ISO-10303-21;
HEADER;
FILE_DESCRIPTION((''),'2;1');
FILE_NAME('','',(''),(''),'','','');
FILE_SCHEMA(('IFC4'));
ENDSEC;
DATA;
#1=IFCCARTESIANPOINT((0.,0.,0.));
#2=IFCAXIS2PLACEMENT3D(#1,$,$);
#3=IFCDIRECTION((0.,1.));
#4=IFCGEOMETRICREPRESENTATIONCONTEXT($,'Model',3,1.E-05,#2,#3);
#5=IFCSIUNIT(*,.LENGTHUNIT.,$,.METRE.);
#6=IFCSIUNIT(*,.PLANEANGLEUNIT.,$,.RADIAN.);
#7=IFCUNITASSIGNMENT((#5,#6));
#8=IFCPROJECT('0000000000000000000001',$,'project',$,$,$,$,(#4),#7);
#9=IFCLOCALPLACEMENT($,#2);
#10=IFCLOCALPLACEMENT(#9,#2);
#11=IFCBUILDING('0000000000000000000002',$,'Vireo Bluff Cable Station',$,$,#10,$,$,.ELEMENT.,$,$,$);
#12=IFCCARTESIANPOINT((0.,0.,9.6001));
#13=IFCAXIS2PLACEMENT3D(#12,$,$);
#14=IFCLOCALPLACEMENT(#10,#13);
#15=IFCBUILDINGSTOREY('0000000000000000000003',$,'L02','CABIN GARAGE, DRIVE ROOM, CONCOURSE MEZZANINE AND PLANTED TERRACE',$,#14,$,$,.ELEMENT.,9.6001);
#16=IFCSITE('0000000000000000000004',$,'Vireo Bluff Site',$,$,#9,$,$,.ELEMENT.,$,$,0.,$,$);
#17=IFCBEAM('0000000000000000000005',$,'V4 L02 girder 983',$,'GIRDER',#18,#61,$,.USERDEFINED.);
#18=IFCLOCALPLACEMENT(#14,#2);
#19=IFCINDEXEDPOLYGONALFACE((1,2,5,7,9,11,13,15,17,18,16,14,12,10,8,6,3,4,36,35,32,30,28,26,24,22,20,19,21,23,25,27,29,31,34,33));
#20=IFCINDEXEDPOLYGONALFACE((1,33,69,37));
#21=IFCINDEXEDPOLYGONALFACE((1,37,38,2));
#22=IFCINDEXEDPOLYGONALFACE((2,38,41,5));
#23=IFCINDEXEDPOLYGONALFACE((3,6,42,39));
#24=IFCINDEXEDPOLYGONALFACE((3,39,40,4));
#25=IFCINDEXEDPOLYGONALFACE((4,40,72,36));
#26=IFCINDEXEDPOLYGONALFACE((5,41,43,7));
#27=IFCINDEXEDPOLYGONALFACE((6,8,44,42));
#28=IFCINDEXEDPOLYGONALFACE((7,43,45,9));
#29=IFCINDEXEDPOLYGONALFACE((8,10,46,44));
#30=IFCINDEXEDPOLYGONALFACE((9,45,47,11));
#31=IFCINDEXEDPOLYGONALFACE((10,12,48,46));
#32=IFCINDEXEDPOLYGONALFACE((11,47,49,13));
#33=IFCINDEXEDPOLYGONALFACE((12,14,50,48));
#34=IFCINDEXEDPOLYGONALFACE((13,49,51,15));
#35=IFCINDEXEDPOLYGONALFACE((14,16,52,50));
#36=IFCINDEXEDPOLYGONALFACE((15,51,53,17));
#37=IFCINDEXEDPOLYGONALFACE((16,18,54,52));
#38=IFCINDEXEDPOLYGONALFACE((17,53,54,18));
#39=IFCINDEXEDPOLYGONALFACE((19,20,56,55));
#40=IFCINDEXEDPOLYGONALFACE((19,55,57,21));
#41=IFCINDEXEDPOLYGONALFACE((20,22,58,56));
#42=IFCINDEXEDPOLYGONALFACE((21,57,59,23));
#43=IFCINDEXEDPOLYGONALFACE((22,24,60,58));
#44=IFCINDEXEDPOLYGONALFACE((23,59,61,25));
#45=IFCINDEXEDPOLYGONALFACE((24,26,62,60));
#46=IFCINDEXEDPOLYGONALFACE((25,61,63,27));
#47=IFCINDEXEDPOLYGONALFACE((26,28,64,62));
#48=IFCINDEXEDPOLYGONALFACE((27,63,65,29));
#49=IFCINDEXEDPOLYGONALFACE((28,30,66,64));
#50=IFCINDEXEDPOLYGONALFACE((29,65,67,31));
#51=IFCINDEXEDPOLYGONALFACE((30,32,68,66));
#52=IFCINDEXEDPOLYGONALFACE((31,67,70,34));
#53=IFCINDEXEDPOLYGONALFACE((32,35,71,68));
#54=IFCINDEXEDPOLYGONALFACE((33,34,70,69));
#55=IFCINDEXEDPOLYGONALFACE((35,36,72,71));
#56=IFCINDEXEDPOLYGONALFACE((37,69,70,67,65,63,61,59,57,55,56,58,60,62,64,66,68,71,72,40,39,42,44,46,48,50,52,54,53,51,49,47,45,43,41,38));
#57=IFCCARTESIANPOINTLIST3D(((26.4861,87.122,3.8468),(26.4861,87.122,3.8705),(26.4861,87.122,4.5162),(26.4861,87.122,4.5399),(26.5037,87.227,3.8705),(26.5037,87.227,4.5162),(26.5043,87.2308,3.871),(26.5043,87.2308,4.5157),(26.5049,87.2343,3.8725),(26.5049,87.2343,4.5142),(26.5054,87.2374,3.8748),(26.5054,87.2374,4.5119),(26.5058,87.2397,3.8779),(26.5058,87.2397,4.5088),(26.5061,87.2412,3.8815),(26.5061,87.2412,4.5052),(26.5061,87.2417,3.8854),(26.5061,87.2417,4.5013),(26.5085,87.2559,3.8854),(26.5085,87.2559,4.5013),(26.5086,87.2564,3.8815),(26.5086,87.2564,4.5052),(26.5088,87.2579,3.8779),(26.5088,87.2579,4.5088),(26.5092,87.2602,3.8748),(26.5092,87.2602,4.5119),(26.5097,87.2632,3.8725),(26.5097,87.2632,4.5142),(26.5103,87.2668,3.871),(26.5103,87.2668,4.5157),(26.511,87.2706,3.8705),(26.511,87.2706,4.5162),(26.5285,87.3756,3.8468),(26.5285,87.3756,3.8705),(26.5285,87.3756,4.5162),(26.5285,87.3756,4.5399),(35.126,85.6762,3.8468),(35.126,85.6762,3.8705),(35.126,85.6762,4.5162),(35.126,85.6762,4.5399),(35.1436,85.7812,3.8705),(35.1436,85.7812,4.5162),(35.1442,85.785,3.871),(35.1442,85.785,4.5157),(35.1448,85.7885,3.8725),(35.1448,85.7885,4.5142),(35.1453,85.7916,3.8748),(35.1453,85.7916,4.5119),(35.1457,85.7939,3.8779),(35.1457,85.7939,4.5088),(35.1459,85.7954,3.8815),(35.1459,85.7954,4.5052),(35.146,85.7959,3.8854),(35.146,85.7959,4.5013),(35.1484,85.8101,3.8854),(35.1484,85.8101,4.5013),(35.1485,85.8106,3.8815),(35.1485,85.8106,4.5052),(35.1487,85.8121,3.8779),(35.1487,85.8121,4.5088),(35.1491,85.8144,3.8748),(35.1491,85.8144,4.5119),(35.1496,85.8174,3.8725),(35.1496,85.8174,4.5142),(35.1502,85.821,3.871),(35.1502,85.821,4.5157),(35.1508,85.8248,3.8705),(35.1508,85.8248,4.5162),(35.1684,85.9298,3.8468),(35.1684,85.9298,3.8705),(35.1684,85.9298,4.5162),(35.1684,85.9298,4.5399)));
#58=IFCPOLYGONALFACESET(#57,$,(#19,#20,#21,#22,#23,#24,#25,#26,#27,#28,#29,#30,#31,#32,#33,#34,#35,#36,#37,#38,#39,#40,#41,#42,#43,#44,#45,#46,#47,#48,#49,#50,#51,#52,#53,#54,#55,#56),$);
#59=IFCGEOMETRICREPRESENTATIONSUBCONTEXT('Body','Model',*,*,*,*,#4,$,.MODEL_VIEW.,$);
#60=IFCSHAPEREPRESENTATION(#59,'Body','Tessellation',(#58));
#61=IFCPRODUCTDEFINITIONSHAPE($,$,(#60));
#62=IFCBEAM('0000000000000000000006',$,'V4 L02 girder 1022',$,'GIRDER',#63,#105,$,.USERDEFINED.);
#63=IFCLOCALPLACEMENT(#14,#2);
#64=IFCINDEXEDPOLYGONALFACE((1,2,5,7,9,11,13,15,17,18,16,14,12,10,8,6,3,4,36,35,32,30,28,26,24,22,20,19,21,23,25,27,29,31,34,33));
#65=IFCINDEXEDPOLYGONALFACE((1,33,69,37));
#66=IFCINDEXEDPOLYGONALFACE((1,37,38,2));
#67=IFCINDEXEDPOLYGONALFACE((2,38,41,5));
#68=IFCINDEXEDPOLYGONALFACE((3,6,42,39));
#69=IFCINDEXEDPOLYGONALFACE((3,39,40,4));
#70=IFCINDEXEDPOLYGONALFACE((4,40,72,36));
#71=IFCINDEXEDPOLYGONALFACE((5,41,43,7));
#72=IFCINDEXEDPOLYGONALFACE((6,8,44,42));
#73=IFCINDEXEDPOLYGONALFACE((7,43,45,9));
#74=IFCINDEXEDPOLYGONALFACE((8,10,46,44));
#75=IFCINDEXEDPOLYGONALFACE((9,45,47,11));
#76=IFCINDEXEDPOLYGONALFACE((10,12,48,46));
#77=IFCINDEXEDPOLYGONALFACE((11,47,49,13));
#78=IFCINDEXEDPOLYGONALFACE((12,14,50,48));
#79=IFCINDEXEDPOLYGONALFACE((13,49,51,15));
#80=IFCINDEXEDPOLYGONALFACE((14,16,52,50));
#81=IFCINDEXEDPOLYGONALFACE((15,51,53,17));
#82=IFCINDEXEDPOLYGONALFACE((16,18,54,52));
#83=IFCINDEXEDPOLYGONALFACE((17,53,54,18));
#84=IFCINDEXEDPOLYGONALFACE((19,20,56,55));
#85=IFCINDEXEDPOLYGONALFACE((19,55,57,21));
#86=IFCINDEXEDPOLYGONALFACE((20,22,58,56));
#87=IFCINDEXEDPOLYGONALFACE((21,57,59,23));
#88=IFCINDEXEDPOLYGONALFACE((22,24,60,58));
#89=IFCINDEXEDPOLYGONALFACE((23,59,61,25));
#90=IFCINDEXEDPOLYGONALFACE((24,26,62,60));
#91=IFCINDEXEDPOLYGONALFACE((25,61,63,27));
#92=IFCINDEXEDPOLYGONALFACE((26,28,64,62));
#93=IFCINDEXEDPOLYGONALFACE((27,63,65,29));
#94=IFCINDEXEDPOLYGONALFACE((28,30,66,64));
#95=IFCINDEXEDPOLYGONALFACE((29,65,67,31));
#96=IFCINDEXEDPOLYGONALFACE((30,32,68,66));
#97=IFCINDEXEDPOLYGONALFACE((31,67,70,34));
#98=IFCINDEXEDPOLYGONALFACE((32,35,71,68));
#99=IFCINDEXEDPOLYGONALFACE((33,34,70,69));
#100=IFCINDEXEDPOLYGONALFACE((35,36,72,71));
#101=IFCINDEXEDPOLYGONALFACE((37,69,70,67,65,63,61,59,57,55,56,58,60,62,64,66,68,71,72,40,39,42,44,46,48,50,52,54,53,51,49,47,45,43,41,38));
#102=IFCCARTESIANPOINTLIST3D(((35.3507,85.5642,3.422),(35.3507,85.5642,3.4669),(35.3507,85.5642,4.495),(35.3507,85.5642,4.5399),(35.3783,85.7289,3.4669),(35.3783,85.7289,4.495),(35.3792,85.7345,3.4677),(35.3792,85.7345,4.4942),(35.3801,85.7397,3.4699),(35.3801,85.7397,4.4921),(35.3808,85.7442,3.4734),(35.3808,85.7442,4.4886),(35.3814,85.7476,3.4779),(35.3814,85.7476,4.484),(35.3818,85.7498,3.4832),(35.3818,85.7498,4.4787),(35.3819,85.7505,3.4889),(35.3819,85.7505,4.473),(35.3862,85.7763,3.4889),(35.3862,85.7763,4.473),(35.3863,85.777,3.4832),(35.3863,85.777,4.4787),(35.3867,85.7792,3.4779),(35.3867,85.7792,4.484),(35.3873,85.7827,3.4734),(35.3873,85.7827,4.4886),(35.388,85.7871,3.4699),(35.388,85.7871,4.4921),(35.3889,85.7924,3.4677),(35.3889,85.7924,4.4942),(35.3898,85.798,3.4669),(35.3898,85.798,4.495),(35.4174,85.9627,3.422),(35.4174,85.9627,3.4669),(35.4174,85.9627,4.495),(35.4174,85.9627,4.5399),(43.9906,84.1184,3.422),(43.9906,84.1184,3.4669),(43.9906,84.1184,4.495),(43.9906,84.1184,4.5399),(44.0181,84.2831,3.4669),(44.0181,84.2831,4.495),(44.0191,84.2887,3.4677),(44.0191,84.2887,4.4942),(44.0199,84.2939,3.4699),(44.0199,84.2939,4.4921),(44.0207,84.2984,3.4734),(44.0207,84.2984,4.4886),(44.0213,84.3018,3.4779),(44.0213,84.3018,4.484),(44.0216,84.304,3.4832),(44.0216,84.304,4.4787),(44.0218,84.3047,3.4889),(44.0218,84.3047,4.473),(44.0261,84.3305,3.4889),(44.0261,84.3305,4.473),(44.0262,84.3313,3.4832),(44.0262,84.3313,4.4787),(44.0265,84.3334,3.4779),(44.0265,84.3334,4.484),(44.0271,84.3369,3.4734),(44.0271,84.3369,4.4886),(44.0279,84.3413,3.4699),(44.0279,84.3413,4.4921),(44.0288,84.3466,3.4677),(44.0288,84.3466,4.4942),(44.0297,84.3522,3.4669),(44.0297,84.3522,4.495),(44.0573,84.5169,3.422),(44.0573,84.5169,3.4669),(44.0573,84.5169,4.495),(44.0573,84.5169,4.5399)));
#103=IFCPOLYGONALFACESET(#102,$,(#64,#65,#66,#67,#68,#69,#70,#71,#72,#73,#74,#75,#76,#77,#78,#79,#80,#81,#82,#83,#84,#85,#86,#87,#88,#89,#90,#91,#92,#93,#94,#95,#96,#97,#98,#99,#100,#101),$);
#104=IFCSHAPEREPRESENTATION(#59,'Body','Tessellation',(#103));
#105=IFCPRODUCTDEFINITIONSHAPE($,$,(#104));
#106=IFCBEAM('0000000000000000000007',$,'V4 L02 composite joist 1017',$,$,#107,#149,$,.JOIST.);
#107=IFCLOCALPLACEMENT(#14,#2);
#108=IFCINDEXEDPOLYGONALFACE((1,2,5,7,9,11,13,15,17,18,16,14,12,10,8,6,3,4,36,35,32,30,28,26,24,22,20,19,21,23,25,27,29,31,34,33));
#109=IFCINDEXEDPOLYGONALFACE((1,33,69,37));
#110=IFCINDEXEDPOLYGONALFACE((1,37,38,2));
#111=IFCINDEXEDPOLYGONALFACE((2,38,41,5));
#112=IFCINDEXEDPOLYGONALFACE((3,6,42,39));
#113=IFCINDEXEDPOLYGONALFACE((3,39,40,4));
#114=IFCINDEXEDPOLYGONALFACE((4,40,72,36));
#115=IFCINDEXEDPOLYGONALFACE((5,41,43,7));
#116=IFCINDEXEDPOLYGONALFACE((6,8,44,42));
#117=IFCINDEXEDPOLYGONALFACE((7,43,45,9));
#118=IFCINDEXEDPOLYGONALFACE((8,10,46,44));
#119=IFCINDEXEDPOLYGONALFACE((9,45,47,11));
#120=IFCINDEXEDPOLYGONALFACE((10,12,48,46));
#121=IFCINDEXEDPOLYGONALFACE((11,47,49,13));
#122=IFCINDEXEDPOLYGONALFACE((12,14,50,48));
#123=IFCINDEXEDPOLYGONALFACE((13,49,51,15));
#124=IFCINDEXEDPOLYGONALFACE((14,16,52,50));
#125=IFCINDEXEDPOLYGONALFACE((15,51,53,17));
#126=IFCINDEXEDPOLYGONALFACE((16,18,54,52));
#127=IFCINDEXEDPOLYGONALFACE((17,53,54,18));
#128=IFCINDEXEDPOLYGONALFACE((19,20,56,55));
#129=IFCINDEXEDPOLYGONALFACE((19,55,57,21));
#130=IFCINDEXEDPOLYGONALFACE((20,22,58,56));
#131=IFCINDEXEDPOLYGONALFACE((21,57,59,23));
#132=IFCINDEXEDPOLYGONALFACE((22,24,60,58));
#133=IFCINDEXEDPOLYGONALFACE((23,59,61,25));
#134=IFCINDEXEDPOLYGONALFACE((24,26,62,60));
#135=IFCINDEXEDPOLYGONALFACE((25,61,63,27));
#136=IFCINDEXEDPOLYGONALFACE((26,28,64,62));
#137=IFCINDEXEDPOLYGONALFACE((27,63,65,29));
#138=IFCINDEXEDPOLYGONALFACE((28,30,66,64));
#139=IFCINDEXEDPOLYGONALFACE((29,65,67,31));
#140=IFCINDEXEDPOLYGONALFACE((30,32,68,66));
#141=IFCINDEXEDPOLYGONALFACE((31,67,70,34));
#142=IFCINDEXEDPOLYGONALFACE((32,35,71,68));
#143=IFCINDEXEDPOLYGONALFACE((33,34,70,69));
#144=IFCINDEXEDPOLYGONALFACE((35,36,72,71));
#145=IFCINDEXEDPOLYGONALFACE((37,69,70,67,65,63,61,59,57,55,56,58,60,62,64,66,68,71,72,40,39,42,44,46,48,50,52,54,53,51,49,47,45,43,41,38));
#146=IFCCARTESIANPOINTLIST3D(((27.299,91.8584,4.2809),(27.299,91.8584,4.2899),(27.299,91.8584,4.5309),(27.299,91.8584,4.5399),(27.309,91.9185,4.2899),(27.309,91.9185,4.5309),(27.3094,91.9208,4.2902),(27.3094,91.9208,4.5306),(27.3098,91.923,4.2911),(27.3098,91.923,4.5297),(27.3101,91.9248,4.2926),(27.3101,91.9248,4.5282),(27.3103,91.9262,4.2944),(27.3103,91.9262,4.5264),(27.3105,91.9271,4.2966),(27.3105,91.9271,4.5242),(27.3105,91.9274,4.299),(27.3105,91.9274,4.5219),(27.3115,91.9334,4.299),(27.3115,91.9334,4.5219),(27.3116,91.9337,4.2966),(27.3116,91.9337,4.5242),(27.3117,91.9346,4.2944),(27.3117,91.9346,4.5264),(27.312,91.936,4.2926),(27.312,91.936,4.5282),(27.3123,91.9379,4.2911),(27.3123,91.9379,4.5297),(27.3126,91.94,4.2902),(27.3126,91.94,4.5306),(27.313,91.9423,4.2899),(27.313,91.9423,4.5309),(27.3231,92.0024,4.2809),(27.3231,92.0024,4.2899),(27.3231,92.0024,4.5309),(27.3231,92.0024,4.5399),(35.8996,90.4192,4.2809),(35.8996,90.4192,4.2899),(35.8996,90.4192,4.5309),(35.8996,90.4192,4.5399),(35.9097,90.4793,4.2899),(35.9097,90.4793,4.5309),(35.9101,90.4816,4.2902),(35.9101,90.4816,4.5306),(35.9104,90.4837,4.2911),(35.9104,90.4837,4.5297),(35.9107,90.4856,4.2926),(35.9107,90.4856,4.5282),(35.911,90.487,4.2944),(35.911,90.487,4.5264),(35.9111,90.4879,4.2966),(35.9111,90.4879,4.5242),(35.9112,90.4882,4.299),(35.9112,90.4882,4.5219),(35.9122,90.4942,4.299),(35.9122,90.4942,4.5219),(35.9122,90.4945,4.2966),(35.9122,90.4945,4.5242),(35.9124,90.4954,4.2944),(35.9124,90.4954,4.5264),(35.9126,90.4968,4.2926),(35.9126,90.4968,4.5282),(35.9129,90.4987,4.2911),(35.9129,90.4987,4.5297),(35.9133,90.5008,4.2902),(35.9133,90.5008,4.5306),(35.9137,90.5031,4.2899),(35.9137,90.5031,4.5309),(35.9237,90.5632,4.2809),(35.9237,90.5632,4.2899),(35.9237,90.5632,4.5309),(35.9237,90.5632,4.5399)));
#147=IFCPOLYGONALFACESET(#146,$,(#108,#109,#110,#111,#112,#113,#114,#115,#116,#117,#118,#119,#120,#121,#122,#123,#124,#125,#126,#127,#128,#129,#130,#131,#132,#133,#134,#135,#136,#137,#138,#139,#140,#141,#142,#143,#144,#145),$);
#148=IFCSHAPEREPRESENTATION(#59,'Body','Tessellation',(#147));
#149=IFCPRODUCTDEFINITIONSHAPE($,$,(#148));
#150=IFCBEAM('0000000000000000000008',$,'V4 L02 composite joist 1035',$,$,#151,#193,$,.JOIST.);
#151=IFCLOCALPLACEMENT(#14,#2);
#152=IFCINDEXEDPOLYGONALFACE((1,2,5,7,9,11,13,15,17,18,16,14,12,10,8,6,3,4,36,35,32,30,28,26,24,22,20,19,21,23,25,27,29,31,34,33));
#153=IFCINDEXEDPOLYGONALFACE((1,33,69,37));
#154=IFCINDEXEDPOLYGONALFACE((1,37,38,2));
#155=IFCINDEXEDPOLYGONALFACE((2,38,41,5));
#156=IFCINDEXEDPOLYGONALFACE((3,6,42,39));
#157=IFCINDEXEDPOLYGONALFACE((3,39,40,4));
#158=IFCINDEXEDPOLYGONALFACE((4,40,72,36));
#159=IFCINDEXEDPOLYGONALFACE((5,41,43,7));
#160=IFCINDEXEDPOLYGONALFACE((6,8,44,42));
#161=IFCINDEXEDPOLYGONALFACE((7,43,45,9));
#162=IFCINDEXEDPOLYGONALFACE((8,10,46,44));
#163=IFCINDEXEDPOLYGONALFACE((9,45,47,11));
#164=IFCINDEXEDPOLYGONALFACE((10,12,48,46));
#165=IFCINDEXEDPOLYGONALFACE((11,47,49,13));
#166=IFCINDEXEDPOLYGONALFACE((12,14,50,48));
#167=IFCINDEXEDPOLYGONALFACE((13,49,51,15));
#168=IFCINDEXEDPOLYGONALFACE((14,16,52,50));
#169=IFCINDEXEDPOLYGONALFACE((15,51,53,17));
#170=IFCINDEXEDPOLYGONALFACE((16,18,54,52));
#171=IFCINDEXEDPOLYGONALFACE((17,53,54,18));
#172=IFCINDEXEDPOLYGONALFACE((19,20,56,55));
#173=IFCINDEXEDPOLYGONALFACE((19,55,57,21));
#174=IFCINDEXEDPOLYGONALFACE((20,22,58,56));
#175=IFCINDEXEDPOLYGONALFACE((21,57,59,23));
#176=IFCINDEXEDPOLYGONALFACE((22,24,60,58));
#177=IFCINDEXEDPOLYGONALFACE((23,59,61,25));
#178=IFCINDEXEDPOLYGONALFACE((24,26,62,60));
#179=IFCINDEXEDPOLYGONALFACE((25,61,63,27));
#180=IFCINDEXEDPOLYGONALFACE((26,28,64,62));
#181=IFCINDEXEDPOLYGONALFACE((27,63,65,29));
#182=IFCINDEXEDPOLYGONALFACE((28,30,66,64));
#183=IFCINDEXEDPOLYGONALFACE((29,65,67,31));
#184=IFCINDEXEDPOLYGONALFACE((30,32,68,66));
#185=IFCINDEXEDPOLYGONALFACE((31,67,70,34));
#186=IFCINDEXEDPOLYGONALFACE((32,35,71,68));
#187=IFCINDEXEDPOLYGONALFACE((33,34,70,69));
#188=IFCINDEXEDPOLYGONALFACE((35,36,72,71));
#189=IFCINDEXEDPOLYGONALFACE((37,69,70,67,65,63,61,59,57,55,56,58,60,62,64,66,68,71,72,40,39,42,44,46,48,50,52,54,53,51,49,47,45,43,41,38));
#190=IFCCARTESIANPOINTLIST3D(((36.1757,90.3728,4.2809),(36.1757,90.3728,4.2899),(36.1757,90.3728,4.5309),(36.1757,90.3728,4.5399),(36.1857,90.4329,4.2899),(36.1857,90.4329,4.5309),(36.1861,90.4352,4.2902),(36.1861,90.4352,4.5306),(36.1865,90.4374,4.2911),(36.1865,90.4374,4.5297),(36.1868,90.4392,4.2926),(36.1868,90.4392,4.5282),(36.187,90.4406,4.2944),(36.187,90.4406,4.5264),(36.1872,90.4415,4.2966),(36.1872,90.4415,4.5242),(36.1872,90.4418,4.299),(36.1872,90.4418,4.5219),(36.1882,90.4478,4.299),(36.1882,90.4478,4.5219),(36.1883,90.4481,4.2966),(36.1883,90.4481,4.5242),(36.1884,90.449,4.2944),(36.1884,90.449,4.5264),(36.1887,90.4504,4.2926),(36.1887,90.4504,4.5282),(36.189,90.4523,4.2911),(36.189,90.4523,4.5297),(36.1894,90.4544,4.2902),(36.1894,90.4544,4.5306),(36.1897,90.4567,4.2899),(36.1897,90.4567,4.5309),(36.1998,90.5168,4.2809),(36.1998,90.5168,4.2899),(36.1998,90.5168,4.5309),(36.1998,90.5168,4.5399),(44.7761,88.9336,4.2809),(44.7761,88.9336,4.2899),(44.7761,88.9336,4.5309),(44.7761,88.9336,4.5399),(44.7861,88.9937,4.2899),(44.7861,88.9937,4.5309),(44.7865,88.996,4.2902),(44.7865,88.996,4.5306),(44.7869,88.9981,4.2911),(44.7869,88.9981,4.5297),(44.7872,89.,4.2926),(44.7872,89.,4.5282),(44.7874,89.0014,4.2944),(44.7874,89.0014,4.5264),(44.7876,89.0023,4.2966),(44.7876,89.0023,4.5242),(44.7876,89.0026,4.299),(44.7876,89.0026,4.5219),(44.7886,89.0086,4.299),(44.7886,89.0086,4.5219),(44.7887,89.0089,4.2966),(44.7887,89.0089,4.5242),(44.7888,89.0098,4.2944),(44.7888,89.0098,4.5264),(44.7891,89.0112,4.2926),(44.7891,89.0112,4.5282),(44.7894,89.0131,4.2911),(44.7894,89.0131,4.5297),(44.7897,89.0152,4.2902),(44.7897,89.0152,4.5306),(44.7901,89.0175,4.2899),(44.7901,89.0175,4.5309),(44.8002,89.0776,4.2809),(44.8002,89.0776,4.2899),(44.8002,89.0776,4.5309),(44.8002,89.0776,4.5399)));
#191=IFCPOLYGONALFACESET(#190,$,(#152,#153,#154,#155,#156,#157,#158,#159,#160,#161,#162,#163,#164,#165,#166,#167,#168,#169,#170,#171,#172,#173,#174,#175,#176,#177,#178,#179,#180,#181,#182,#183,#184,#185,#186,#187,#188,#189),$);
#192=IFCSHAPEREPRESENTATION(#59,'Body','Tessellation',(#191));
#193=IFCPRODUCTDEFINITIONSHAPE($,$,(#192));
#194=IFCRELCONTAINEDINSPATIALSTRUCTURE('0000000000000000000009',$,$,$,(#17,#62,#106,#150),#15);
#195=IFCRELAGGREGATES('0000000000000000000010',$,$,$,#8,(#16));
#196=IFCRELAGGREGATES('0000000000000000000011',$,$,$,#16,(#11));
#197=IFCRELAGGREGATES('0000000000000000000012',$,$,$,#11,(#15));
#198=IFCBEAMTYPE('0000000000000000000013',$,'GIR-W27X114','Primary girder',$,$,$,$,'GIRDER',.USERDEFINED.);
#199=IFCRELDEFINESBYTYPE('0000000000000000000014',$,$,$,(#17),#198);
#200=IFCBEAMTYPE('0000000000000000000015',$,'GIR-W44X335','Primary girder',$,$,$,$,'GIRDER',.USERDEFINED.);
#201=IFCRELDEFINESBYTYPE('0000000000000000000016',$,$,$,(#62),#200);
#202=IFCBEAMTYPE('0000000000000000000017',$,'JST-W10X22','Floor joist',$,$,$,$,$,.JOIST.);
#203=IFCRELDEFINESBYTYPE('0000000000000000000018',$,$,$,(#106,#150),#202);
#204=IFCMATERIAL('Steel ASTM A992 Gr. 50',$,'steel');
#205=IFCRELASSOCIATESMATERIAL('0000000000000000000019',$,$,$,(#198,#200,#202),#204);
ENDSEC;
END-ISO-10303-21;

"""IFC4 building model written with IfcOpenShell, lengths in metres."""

from ifc_helpers import new_model, si_unit, direction, frame, origin, origin_2d, place, context, subcontext, project, spatial, i_section, extrude, material, material_profile, profile_set, type_object, element, save


model = new_model("IFC4")

# Units and contexts
model_context = context("Model", 3, precision=1e-05, world=origin(), true_north=direction((0.0, 1.0)))
body_context = subcontext(model_context, "Body", "Model", "MODEL_VIEW")
ifc_project = project(units=[si_unit("LENGTHUNIT", "METRE"), si_unit("PLANEANGLEUNIT", "RADIAN")], contexts=[model_context])

# Site, building, storey
site_placement = place(None, origin())
site = spatial("IfcSite", under=ifc_project, at=site_placement, Name="Vireo Bluff Site", CompositionType="ELEMENT", RefElevation=0.0)
building_placement = place(site_placement, origin())
building = spatial("IfcBuilding", under=site, at=building_placement, Name="Vireo Bluff Cable Station", CompositionType="ELEMENT")
storey_placement = place(building_placement, frame((0.0, 0.0, 9.6001)))
storey = spatial("IfcBuildingStorey", under=building, at=storey_placement, Name="L02", Description="CABIN GARAGE, DRIVE ROOM, CONCOURSE MEZZANINE AND PLANTED TERRACE", CompositionType="ELEMENT", Elevation=9.6001)

# Shared definitions
ifc_material_1 = material(Name="Steel ASTM A992 Gr. 50", Category="steel")

# Beams
ifc_material_profile_1 = material_profile(ifc_material_1, i_section(OverallWidth=0.2571, OverallDepth=0.6931, WebThickness=0.0144, FlangeThickness=0.0237, FilletRadius=0.0149, at=origin_2d()), Name="W27X114")
ifc_profile_set_1 = profile_set([ifc_material_profile_1], Name="Steel ASTM A992 Gr. 50")
beam_type_1 = type_object("IfcBeamType", Name="GIR-W27X114", Description="Primary girder", ElementType="GIRDER", PredefinedType="USERDEFINED", material=ifc_profile_set_1)
beam_1_placement = place(storey_placement, frame((26.5073, 87.2488, 4.1934), z_axis=(0.986286, -0.165045, 0.0), x_axis=(0.165045, 0.986286, 0.0)))
element("IfcBeam", 1, at=beam_1_placement, inside=storey, type_object=beam_type_1, Name="V4 L02 girder 983", ObjectType="GIRDER", PredefinedType="USERDEFINED", context=body_context, shape_type="SweptSolid", body=[
    extrude(i_section(OverallWidth=0.2571, OverallDepth=0.6931, WebThickness=0.0144, FlangeThickness=0.0237, FilletRadius=0.0149, at=origin_2d()), origin(), (0.0, 0.0, 1.0), 8.76),
])
ifc_material_profile_2 = material_profile(ifc_material_1, i_section(OverallWidth=0.4041, OverallDepth=1.1179, WebThickness=0.0261, FlangeThickness=0.0449, FilletRadius=0.022, at=origin_2d()), Name="W44X335")
ifc_profile_set_2 = profile_set([ifc_material_profile_2], Name="Steel ASTM A992 Gr. 50")
beam_type_2 = type_object("IfcBeamType", Name="GIR-W44X335", Description="Primary girder", ElementType="GIRDER", PredefinedType="USERDEFINED", material=ifc_profile_set_2)
beam_2_placement = place(storey_placement, frame((35.384, 85.7634, 3.981), z_axis=(0.986286, -0.165045, 0.0), x_axis=(0.165045, 0.986286, 0.0)))
element("IfcBeam", 2, at=beam_2_placement, inside=storey, type_object=beam_type_2, Name="V4 L02 girder 1022", ObjectType="GIRDER", PredefinedType="USERDEFINED", context=body_context, shape_type="SweptSolid", body=[
    extrude(i_section(OverallWidth=0.4041, OverallDepth=1.1179, WebThickness=0.0261, FlangeThickness=0.0449, FilletRadius=0.022, at=origin_2d()), origin(), (0.0, 0.0, 1.0), 8.76),
])
ifc_material_profile_3 = material_profile(ifc_material_1, i_section(OverallWidth=0.146, OverallDepth=0.259, WebThickness=0.0061, FlangeThickness=0.009, FilletRadius=0.009, at=origin_2d()), Name="W10X22")
ifc_profile_set_3 = profile_set([ifc_material_profile_3], Name="Steel ASTM A992 Gr. 50")
beam_type_3 = type_object("IfcBeamType", Name="JST-W10X22", Description="Floor joist", PredefinedType="JOIST", material=ifc_profile_set_3)
beam_3_placement = place(storey_placement, frame((27.311, 91.9304, 4.4104), z_axis=(0.986286, -0.165044, 0.0), x_axis=(0.165044, 0.986286, 0.0)))
element("IfcBeam", 3, at=beam_3_placement, inside=storey, type_object=beam_type_3, Name="V4 L02 composite joist 1017", PredefinedType="JOIST", context=body_context, shape_type="SweptSolid", body=[
    extrude(i_section(OverallWidth=0.146, OverallDepth=0.259, WebThickness=0.0061, FlangeThickness=0.009, FilletRadius=0.009, at=origin_2d()), origin(), (0.0, 0.0, 1.0), 8.7202),
])
beam_4_placement = place(storey_placement, frame((36.1877, 90.4448, 4.4104), z_axis=(0.986286, -0.165048, 0.0), x_axis=(0.165048, 0.986286, 0.0)))
element("IfcBeam", 4, at=beam_4_placement, inside=storey, type_object=beam_type_3, Name="V4 L02 composite joist 1035", PredefinedType="JOIST", context=body_context, shape_type="SweptSolid", body=[
    extrude(i_section(OverallWidth=0.146, OverallDepth=0.259, WebThickness=0.0061, FlangeThickness=0.009, FilletRadius=0.009, at=origin_2d()), origin(), (0.0, 0.0, 1.0), 8.72),
])

save(model, "model.ifc")
